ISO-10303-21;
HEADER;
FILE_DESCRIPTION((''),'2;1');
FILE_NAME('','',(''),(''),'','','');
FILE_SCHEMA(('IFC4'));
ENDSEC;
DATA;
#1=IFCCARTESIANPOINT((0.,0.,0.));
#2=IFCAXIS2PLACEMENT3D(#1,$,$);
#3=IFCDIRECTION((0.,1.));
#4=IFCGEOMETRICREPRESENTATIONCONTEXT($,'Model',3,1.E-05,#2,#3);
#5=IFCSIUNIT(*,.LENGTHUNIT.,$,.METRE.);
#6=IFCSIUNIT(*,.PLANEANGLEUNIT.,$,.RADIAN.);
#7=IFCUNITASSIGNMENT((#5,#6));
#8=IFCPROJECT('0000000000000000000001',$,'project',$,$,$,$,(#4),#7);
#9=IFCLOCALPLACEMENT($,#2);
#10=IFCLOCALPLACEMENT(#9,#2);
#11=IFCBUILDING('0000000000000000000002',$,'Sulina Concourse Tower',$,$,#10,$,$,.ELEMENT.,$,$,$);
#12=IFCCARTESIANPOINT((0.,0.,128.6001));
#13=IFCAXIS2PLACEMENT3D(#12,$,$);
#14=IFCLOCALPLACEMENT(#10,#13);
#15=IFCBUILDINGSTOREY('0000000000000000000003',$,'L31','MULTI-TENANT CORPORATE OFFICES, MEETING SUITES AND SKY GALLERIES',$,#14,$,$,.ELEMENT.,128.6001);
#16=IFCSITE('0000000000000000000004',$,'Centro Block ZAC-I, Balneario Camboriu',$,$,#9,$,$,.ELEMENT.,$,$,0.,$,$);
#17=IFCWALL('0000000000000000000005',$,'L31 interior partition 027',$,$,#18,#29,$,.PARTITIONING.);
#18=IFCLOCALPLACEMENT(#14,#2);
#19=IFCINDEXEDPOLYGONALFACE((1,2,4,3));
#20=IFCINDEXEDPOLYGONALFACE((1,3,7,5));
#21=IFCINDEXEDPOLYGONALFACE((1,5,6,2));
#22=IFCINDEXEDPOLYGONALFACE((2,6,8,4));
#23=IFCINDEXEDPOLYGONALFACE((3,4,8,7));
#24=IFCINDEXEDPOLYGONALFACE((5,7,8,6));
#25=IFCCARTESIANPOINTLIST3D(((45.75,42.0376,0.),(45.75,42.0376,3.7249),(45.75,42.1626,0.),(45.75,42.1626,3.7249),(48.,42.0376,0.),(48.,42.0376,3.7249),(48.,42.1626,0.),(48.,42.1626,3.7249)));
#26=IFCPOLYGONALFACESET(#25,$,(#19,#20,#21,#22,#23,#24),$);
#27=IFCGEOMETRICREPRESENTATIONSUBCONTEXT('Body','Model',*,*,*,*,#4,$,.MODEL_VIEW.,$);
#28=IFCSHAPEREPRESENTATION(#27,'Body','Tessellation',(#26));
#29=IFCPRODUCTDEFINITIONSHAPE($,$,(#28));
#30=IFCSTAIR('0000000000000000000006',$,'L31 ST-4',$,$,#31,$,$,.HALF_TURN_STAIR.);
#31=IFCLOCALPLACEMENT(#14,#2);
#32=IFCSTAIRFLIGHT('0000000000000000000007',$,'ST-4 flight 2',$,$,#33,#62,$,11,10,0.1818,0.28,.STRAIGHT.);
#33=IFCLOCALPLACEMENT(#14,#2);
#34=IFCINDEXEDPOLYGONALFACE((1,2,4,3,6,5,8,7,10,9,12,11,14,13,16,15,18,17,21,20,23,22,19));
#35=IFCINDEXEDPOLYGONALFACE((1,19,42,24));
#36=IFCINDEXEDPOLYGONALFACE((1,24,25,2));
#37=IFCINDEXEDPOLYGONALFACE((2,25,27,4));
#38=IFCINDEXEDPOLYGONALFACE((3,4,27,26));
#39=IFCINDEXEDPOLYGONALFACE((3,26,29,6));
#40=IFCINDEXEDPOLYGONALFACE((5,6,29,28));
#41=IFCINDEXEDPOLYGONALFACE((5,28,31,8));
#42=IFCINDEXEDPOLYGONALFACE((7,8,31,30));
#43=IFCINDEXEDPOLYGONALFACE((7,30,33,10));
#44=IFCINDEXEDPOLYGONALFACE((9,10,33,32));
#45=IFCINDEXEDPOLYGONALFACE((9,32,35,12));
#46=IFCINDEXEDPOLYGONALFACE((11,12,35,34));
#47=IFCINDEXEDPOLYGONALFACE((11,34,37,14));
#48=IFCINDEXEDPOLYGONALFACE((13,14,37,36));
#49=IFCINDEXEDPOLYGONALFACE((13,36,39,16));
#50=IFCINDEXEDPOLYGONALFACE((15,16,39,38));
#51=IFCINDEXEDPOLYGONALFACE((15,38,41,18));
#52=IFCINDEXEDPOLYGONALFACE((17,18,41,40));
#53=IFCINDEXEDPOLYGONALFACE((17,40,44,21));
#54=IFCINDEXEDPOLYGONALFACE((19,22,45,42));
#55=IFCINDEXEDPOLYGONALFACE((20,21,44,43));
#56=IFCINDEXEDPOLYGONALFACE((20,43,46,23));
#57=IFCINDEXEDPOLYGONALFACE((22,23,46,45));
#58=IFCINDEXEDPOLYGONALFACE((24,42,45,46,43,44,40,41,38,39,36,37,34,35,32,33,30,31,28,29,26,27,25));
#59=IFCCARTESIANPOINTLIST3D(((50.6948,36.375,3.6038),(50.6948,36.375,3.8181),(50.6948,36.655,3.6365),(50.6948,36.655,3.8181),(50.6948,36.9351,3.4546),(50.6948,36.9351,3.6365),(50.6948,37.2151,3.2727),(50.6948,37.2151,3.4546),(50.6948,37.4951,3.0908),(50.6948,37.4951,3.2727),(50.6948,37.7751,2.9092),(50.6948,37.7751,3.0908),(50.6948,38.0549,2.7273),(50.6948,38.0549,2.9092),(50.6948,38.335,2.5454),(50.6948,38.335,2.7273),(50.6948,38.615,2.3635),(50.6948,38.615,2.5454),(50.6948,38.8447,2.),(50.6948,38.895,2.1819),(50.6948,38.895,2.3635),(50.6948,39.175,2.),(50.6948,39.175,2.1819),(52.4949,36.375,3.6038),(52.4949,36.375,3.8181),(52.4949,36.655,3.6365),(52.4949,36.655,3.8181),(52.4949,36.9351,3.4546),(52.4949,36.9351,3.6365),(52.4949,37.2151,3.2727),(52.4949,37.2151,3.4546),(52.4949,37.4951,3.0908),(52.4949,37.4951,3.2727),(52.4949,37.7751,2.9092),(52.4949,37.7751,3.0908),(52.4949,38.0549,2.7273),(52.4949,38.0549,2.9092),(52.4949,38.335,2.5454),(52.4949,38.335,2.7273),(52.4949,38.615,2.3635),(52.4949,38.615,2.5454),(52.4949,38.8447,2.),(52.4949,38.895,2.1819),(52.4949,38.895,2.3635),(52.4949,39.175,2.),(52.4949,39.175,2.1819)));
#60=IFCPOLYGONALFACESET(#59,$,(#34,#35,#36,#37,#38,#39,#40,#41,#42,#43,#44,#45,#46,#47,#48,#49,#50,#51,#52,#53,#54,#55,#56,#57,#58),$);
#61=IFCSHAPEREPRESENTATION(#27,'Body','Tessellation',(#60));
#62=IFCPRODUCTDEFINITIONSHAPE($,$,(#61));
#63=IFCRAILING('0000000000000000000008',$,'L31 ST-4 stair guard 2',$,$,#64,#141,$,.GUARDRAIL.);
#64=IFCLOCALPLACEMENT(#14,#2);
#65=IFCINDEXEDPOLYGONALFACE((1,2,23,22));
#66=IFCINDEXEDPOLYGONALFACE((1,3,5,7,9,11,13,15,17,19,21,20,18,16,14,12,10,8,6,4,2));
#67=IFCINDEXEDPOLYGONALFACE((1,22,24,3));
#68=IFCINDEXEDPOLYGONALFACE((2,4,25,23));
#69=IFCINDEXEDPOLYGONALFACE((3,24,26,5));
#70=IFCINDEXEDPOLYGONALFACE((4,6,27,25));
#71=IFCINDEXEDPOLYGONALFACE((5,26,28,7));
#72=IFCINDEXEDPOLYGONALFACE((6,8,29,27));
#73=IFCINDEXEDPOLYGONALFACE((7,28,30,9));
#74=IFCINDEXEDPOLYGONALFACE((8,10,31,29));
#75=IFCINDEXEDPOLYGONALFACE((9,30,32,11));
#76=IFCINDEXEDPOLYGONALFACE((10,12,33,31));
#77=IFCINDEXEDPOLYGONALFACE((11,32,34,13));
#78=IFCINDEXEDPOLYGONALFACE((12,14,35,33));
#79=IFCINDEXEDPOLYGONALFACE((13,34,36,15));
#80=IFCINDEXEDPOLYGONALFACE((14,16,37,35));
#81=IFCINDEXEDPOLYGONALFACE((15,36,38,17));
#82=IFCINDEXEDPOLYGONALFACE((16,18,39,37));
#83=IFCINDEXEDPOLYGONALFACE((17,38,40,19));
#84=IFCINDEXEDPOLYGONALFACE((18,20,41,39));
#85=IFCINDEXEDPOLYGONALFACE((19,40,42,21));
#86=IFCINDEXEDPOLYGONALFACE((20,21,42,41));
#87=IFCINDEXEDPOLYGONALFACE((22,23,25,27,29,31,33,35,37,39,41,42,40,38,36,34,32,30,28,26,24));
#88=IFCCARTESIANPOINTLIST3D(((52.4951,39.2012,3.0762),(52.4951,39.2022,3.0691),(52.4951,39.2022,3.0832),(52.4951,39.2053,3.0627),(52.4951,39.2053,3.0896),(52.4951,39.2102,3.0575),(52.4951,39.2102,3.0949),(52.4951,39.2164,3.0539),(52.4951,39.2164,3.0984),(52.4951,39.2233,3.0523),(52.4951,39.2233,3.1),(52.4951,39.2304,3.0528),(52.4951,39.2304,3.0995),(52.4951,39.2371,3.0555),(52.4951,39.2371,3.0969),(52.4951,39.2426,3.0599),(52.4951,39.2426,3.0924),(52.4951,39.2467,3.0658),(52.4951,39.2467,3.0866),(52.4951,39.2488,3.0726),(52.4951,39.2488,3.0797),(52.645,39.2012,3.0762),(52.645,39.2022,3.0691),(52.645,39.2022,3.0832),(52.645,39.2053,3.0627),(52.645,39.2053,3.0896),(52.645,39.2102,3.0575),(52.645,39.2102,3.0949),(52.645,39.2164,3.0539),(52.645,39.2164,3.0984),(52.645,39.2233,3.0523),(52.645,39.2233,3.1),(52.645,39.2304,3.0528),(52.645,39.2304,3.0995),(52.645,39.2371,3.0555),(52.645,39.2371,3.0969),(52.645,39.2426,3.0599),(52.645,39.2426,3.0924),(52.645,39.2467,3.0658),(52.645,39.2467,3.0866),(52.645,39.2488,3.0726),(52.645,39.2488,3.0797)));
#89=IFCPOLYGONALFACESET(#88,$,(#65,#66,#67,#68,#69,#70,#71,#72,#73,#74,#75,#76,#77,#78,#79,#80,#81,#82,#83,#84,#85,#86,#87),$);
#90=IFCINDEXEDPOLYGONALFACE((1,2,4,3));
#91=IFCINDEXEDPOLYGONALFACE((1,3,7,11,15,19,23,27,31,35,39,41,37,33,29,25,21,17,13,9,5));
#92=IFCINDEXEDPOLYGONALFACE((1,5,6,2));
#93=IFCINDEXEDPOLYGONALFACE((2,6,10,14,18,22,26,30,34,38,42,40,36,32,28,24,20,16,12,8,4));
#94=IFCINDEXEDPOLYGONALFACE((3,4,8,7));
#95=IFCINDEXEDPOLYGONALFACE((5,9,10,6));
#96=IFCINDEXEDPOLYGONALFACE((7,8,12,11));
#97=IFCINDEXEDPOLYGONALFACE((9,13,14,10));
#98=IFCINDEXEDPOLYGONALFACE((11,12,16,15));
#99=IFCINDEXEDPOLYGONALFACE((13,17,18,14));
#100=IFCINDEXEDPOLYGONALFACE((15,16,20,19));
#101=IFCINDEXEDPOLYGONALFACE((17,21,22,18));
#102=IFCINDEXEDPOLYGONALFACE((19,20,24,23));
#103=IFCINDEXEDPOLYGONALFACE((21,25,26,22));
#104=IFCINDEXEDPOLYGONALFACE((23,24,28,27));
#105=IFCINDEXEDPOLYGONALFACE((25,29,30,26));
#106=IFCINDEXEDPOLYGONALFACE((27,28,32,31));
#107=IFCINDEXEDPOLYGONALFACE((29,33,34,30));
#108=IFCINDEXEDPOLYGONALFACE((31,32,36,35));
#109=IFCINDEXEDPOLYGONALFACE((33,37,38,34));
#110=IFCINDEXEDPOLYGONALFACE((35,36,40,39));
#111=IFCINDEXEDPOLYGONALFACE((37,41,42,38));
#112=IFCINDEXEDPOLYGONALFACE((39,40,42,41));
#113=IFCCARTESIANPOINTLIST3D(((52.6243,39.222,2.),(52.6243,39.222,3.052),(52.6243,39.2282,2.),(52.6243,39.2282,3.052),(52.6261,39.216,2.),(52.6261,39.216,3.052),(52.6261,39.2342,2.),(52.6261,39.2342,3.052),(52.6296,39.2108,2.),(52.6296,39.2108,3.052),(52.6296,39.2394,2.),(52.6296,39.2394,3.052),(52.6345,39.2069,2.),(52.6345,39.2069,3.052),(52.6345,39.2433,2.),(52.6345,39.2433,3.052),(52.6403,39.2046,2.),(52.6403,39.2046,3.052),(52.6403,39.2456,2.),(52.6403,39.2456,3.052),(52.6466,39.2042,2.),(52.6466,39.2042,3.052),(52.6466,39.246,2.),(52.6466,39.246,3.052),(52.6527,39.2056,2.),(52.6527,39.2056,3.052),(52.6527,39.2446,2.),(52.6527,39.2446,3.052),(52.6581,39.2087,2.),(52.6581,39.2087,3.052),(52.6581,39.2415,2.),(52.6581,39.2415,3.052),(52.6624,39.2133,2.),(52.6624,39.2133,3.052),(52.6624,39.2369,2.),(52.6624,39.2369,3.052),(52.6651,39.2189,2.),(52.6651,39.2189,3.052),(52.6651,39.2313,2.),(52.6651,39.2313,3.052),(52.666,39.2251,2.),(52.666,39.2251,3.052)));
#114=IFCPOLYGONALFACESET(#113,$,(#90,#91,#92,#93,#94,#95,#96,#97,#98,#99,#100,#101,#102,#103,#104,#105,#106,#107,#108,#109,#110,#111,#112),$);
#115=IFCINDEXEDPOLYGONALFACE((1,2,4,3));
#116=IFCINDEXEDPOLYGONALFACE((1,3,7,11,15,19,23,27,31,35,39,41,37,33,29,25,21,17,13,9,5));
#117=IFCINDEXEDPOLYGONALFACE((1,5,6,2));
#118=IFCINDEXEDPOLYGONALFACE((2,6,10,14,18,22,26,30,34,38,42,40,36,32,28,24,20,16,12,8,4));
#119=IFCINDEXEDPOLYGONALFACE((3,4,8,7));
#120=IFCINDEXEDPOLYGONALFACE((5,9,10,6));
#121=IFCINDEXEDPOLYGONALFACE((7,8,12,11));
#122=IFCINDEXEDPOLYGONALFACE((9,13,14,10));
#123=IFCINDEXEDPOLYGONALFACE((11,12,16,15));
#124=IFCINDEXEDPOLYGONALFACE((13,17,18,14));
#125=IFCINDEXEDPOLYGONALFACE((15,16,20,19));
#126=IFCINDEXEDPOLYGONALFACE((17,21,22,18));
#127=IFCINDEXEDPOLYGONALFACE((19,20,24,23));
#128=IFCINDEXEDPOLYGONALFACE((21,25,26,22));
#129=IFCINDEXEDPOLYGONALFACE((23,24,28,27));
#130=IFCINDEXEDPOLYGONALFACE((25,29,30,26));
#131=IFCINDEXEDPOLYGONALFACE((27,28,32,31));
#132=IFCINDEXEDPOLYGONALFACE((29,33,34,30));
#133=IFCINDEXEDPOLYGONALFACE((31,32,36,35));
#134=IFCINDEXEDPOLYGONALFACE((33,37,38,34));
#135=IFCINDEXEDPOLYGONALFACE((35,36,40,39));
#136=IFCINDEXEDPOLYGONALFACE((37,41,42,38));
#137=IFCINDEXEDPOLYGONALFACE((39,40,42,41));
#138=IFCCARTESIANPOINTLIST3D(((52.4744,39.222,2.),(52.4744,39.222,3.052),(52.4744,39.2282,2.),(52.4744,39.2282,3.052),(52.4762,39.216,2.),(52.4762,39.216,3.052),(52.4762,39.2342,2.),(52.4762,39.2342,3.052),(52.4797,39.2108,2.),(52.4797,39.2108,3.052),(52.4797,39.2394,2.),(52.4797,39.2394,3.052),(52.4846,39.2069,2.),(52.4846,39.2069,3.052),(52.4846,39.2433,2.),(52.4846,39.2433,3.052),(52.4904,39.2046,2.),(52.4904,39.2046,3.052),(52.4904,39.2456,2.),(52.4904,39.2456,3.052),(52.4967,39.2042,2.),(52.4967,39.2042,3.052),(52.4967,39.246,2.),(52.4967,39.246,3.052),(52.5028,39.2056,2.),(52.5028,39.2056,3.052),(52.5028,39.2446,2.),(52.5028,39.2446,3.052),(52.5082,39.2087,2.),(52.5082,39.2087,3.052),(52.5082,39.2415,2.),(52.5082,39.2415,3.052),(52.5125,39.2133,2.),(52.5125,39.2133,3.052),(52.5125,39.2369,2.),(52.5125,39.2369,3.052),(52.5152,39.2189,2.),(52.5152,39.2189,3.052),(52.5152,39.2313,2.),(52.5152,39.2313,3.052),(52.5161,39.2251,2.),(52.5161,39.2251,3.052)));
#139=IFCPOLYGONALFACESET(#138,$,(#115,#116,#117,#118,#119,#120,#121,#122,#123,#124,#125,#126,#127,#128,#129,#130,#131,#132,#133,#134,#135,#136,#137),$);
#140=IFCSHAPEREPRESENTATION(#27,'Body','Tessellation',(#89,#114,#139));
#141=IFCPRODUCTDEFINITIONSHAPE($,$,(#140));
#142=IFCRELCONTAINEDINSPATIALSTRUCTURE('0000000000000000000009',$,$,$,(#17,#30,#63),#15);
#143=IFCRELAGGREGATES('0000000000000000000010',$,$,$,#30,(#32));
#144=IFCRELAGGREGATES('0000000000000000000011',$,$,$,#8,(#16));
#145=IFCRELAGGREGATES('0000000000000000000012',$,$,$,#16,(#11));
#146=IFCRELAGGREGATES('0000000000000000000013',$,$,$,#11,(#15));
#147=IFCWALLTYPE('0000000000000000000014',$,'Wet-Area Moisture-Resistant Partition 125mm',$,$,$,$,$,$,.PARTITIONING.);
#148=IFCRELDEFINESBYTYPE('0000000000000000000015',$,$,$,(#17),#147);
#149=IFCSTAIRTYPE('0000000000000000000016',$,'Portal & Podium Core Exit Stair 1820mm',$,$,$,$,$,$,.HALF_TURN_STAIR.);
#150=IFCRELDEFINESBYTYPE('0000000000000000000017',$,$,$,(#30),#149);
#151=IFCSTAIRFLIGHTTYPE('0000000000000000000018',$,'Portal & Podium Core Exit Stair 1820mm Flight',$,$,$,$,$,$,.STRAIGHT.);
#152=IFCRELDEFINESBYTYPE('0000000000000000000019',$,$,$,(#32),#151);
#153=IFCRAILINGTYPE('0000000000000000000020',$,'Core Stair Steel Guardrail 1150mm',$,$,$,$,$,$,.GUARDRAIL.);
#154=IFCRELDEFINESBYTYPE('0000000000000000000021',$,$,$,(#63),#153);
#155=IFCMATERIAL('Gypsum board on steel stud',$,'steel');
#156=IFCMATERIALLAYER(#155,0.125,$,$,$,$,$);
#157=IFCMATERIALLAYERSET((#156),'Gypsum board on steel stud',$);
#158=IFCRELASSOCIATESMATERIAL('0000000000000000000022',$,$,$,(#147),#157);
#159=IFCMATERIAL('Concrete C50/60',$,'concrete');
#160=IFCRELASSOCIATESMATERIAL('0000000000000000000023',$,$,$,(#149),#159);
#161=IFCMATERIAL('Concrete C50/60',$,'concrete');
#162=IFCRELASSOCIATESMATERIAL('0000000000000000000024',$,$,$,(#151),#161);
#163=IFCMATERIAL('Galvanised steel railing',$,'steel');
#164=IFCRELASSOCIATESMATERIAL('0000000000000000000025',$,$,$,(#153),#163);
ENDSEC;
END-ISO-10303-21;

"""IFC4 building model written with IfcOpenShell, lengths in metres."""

from ifc_helpers import new_model, si_unit, direction, frame, frame_2d, origin, origin_2d, place, context, subcontext, project, spatial, polyline, rectangle, circle, outline, extrude, material, layer, layer_set, type_object, element, aggregate, save


model = new_model("IFC4")

# Units and contexts
model_context = context("Model", 3, precision=1e-05, world=origin(), true_north=direction((0.0, 1.0)))
body_context = subcontext(model_context, "Body", "Model", "MODEL_VIEW")
ifc_project = project(units=[si_unit("LENGTHUNIT", "METRE"), si_unit("PLANEANGLEUNIT", "RADIAN")], contexts=[model_context])

# Site, building, storey
site_placement = place(None, origin())
site = spatial("IfcSite", under=ifc_project, at=site_placement, Name="Centro Block ZAC-I, Balneario Camboriu", CompositionType="ELEMENT", RefElevation=0.0)
building_placement = place(site_placement, origin())
building = spatial("IfcBuilding", under=site, at=building_placement, Name="Sulina Concourse Tower", CompositionType="ELEMENT")
storey_placement = place(building_placement, frame((0.0, 0.0, 128.6001)))
storey = spatial("IfcBuildingStorey", under=building, at=storey_placement, Name="L31", Description="MULTI-TENANT CORPORATE OFFICES, MEETING SUITES AND SKY GALLERIES", CompositionType="ELEMENT", Elevation=128.6001)

# Wall
ifc_material_1 = material(Name="Gypsum board on steel stud", Category="steel")
ifc_layer_1 = layer(ifc_material_1, 0.125)
ifc_layer_set_1 = layer_set([ifc_layer_1], Name="Gypsum board on steel stud")
wall_type_1 = type_object("IfcWallType", Name="Wet-Area Moisture-Resistant Partition 125mm", PredefinedType="PARTITIONING", material=ifc_layer_set_1)
wall_1_placement = place(storey_placement, frame((45.75, 42.1001, 0.0), z_axis=(0.0, 0.0, 1.0), x_axis=(1.0, 0.0, 0.0)))
element("IfcWall", 1, at=wall_1_placement, inside=storey, type_object=wall_type_1, Name="L31 interior partition 027", PredefinedType="PARTITIONING", context=body_context, shape_type="SweptSolid", body=[
    extrude(rectangle(XDim=2.25, YDim=0.125, at=frame_2d((1.125, 0.0))), origin(), (0.0, 0.0, 1.0), 3.7249),
])

# Stair, stair flight
ifc_material_2 = material(Name="Concrete C50/60", Category="concrete")
stair_type = type_object("IfcStairType", Name="Portal & Podium Core Exit Stair 1820mm", PredefinedType="HALF_TURN_STAIR", material=ifc_material_2)
stair_placement = place(storey_placement, origin())
stair = element("IfcStair", 2, at=stair_placement, inside=storey, type_object=stair_type, Name="L31 ST-4", PredefinedType="HALF_TURN_STAIR")
ifc_material_3 = material(Name="Concrete C50/60", Category="concrete")
stair_flight_type = type_object("IfcStairFlightType", Name="Portal & Podium Core Exit Stair 1820mm Flight", PredefinedType="STRAIGHT", material=ifc_material_3)
stair_flight_placement = place(storey_placement, frame((51.595, 39.175, 2.0), z_axis=(0.0, 0.0, 1.0), x_axis=(0.0, -1.0, 0.0)))
stair_flight = element("IfcStairFlight", 3, at=stair_flight_placement, type_object=stair_flight_type, Name="ST-4 flight 2", NumberOfRisers=11, NumberOfTreads=10, PredefinedType="STRAIGHT", RiserHeight=0.1818, TreadLength=0.28, context=body_context, shape_type="SweptSolid", body=[
    extrude(outline(polyline([(0.0, 0.0), (0.0, 0.1819), (0.28, 0.1819), (0.28, 0.3635), (0.5601, 0.3635), (0.5601, 0.5454), (0.8401, 0.5454), (0.8401, 0.7273), (1.1201, 0.7273), (1.1201, 0.9092), (1.3999, 0.9092), (1.3999, 1.0908), (1.6799, 1.0908), (1.6799, 1.2727), (1.96, 1.2727), (1.96, 1.4546), (2.24, 1.4546), (2.24, 1.6365), (2.52, 1.6365), (2.52, 1.8181), (2.8, 1.8181), (2.8, 2.0), (2.8, 1.6038), (0.3303, 0.0), (0.0, 0.0)])), frame((0.0, 0.8999, 0.0), z_axis=(0.0, -1.0, 0.0), x_axis=(1.0, 0.0, 0.0)), (0.0, 0.0, 1.0), 1.8),
])
aggregate(stair, [stair_flight])

# Railing
ifc_material_4 = material(Name="Galvanised steel railing", Category="steel")
railing_type_1 = type_object("IfcRailingType", Name="Core Stair Steel Guardrail 1150mm", PredefinedType="GUARDRAIL", material=ifc_material_4)
railing_1_placement = place(storey_placement, frame((52.645, 39.2251, 2.0)))
element("IfcRailing", 4, at=railing_1_placement, inside=storey, type_object=railing_type_1, Name="L31 ST-4 stair guard 2", PredefinedType="GUARDRAIL", context=body_context, shape_type="SweptSolid", body=[
    extrude(circle(Radius=0.0239, at=origin_2d()), frame((0.0, 0.0, 1.0762), z_axis=(-1.0, 0.0, 0.0), x_axis=(0.0, -1.0, 0.0)), (0.0, 0.0, 1.0), 0.1499),
    extrude(circle(Radius=0.021, at=origin_2d()), origin(), (0.0, 0.0, 1.0), 1.052),
    extrude(circle(Radius=0.021, at=origin_2d()), frame((-0.1499, 0.0, 0.0)), (0.0, 0.0, 1.0), 1.052),
])

save(model, "model.ifc")
